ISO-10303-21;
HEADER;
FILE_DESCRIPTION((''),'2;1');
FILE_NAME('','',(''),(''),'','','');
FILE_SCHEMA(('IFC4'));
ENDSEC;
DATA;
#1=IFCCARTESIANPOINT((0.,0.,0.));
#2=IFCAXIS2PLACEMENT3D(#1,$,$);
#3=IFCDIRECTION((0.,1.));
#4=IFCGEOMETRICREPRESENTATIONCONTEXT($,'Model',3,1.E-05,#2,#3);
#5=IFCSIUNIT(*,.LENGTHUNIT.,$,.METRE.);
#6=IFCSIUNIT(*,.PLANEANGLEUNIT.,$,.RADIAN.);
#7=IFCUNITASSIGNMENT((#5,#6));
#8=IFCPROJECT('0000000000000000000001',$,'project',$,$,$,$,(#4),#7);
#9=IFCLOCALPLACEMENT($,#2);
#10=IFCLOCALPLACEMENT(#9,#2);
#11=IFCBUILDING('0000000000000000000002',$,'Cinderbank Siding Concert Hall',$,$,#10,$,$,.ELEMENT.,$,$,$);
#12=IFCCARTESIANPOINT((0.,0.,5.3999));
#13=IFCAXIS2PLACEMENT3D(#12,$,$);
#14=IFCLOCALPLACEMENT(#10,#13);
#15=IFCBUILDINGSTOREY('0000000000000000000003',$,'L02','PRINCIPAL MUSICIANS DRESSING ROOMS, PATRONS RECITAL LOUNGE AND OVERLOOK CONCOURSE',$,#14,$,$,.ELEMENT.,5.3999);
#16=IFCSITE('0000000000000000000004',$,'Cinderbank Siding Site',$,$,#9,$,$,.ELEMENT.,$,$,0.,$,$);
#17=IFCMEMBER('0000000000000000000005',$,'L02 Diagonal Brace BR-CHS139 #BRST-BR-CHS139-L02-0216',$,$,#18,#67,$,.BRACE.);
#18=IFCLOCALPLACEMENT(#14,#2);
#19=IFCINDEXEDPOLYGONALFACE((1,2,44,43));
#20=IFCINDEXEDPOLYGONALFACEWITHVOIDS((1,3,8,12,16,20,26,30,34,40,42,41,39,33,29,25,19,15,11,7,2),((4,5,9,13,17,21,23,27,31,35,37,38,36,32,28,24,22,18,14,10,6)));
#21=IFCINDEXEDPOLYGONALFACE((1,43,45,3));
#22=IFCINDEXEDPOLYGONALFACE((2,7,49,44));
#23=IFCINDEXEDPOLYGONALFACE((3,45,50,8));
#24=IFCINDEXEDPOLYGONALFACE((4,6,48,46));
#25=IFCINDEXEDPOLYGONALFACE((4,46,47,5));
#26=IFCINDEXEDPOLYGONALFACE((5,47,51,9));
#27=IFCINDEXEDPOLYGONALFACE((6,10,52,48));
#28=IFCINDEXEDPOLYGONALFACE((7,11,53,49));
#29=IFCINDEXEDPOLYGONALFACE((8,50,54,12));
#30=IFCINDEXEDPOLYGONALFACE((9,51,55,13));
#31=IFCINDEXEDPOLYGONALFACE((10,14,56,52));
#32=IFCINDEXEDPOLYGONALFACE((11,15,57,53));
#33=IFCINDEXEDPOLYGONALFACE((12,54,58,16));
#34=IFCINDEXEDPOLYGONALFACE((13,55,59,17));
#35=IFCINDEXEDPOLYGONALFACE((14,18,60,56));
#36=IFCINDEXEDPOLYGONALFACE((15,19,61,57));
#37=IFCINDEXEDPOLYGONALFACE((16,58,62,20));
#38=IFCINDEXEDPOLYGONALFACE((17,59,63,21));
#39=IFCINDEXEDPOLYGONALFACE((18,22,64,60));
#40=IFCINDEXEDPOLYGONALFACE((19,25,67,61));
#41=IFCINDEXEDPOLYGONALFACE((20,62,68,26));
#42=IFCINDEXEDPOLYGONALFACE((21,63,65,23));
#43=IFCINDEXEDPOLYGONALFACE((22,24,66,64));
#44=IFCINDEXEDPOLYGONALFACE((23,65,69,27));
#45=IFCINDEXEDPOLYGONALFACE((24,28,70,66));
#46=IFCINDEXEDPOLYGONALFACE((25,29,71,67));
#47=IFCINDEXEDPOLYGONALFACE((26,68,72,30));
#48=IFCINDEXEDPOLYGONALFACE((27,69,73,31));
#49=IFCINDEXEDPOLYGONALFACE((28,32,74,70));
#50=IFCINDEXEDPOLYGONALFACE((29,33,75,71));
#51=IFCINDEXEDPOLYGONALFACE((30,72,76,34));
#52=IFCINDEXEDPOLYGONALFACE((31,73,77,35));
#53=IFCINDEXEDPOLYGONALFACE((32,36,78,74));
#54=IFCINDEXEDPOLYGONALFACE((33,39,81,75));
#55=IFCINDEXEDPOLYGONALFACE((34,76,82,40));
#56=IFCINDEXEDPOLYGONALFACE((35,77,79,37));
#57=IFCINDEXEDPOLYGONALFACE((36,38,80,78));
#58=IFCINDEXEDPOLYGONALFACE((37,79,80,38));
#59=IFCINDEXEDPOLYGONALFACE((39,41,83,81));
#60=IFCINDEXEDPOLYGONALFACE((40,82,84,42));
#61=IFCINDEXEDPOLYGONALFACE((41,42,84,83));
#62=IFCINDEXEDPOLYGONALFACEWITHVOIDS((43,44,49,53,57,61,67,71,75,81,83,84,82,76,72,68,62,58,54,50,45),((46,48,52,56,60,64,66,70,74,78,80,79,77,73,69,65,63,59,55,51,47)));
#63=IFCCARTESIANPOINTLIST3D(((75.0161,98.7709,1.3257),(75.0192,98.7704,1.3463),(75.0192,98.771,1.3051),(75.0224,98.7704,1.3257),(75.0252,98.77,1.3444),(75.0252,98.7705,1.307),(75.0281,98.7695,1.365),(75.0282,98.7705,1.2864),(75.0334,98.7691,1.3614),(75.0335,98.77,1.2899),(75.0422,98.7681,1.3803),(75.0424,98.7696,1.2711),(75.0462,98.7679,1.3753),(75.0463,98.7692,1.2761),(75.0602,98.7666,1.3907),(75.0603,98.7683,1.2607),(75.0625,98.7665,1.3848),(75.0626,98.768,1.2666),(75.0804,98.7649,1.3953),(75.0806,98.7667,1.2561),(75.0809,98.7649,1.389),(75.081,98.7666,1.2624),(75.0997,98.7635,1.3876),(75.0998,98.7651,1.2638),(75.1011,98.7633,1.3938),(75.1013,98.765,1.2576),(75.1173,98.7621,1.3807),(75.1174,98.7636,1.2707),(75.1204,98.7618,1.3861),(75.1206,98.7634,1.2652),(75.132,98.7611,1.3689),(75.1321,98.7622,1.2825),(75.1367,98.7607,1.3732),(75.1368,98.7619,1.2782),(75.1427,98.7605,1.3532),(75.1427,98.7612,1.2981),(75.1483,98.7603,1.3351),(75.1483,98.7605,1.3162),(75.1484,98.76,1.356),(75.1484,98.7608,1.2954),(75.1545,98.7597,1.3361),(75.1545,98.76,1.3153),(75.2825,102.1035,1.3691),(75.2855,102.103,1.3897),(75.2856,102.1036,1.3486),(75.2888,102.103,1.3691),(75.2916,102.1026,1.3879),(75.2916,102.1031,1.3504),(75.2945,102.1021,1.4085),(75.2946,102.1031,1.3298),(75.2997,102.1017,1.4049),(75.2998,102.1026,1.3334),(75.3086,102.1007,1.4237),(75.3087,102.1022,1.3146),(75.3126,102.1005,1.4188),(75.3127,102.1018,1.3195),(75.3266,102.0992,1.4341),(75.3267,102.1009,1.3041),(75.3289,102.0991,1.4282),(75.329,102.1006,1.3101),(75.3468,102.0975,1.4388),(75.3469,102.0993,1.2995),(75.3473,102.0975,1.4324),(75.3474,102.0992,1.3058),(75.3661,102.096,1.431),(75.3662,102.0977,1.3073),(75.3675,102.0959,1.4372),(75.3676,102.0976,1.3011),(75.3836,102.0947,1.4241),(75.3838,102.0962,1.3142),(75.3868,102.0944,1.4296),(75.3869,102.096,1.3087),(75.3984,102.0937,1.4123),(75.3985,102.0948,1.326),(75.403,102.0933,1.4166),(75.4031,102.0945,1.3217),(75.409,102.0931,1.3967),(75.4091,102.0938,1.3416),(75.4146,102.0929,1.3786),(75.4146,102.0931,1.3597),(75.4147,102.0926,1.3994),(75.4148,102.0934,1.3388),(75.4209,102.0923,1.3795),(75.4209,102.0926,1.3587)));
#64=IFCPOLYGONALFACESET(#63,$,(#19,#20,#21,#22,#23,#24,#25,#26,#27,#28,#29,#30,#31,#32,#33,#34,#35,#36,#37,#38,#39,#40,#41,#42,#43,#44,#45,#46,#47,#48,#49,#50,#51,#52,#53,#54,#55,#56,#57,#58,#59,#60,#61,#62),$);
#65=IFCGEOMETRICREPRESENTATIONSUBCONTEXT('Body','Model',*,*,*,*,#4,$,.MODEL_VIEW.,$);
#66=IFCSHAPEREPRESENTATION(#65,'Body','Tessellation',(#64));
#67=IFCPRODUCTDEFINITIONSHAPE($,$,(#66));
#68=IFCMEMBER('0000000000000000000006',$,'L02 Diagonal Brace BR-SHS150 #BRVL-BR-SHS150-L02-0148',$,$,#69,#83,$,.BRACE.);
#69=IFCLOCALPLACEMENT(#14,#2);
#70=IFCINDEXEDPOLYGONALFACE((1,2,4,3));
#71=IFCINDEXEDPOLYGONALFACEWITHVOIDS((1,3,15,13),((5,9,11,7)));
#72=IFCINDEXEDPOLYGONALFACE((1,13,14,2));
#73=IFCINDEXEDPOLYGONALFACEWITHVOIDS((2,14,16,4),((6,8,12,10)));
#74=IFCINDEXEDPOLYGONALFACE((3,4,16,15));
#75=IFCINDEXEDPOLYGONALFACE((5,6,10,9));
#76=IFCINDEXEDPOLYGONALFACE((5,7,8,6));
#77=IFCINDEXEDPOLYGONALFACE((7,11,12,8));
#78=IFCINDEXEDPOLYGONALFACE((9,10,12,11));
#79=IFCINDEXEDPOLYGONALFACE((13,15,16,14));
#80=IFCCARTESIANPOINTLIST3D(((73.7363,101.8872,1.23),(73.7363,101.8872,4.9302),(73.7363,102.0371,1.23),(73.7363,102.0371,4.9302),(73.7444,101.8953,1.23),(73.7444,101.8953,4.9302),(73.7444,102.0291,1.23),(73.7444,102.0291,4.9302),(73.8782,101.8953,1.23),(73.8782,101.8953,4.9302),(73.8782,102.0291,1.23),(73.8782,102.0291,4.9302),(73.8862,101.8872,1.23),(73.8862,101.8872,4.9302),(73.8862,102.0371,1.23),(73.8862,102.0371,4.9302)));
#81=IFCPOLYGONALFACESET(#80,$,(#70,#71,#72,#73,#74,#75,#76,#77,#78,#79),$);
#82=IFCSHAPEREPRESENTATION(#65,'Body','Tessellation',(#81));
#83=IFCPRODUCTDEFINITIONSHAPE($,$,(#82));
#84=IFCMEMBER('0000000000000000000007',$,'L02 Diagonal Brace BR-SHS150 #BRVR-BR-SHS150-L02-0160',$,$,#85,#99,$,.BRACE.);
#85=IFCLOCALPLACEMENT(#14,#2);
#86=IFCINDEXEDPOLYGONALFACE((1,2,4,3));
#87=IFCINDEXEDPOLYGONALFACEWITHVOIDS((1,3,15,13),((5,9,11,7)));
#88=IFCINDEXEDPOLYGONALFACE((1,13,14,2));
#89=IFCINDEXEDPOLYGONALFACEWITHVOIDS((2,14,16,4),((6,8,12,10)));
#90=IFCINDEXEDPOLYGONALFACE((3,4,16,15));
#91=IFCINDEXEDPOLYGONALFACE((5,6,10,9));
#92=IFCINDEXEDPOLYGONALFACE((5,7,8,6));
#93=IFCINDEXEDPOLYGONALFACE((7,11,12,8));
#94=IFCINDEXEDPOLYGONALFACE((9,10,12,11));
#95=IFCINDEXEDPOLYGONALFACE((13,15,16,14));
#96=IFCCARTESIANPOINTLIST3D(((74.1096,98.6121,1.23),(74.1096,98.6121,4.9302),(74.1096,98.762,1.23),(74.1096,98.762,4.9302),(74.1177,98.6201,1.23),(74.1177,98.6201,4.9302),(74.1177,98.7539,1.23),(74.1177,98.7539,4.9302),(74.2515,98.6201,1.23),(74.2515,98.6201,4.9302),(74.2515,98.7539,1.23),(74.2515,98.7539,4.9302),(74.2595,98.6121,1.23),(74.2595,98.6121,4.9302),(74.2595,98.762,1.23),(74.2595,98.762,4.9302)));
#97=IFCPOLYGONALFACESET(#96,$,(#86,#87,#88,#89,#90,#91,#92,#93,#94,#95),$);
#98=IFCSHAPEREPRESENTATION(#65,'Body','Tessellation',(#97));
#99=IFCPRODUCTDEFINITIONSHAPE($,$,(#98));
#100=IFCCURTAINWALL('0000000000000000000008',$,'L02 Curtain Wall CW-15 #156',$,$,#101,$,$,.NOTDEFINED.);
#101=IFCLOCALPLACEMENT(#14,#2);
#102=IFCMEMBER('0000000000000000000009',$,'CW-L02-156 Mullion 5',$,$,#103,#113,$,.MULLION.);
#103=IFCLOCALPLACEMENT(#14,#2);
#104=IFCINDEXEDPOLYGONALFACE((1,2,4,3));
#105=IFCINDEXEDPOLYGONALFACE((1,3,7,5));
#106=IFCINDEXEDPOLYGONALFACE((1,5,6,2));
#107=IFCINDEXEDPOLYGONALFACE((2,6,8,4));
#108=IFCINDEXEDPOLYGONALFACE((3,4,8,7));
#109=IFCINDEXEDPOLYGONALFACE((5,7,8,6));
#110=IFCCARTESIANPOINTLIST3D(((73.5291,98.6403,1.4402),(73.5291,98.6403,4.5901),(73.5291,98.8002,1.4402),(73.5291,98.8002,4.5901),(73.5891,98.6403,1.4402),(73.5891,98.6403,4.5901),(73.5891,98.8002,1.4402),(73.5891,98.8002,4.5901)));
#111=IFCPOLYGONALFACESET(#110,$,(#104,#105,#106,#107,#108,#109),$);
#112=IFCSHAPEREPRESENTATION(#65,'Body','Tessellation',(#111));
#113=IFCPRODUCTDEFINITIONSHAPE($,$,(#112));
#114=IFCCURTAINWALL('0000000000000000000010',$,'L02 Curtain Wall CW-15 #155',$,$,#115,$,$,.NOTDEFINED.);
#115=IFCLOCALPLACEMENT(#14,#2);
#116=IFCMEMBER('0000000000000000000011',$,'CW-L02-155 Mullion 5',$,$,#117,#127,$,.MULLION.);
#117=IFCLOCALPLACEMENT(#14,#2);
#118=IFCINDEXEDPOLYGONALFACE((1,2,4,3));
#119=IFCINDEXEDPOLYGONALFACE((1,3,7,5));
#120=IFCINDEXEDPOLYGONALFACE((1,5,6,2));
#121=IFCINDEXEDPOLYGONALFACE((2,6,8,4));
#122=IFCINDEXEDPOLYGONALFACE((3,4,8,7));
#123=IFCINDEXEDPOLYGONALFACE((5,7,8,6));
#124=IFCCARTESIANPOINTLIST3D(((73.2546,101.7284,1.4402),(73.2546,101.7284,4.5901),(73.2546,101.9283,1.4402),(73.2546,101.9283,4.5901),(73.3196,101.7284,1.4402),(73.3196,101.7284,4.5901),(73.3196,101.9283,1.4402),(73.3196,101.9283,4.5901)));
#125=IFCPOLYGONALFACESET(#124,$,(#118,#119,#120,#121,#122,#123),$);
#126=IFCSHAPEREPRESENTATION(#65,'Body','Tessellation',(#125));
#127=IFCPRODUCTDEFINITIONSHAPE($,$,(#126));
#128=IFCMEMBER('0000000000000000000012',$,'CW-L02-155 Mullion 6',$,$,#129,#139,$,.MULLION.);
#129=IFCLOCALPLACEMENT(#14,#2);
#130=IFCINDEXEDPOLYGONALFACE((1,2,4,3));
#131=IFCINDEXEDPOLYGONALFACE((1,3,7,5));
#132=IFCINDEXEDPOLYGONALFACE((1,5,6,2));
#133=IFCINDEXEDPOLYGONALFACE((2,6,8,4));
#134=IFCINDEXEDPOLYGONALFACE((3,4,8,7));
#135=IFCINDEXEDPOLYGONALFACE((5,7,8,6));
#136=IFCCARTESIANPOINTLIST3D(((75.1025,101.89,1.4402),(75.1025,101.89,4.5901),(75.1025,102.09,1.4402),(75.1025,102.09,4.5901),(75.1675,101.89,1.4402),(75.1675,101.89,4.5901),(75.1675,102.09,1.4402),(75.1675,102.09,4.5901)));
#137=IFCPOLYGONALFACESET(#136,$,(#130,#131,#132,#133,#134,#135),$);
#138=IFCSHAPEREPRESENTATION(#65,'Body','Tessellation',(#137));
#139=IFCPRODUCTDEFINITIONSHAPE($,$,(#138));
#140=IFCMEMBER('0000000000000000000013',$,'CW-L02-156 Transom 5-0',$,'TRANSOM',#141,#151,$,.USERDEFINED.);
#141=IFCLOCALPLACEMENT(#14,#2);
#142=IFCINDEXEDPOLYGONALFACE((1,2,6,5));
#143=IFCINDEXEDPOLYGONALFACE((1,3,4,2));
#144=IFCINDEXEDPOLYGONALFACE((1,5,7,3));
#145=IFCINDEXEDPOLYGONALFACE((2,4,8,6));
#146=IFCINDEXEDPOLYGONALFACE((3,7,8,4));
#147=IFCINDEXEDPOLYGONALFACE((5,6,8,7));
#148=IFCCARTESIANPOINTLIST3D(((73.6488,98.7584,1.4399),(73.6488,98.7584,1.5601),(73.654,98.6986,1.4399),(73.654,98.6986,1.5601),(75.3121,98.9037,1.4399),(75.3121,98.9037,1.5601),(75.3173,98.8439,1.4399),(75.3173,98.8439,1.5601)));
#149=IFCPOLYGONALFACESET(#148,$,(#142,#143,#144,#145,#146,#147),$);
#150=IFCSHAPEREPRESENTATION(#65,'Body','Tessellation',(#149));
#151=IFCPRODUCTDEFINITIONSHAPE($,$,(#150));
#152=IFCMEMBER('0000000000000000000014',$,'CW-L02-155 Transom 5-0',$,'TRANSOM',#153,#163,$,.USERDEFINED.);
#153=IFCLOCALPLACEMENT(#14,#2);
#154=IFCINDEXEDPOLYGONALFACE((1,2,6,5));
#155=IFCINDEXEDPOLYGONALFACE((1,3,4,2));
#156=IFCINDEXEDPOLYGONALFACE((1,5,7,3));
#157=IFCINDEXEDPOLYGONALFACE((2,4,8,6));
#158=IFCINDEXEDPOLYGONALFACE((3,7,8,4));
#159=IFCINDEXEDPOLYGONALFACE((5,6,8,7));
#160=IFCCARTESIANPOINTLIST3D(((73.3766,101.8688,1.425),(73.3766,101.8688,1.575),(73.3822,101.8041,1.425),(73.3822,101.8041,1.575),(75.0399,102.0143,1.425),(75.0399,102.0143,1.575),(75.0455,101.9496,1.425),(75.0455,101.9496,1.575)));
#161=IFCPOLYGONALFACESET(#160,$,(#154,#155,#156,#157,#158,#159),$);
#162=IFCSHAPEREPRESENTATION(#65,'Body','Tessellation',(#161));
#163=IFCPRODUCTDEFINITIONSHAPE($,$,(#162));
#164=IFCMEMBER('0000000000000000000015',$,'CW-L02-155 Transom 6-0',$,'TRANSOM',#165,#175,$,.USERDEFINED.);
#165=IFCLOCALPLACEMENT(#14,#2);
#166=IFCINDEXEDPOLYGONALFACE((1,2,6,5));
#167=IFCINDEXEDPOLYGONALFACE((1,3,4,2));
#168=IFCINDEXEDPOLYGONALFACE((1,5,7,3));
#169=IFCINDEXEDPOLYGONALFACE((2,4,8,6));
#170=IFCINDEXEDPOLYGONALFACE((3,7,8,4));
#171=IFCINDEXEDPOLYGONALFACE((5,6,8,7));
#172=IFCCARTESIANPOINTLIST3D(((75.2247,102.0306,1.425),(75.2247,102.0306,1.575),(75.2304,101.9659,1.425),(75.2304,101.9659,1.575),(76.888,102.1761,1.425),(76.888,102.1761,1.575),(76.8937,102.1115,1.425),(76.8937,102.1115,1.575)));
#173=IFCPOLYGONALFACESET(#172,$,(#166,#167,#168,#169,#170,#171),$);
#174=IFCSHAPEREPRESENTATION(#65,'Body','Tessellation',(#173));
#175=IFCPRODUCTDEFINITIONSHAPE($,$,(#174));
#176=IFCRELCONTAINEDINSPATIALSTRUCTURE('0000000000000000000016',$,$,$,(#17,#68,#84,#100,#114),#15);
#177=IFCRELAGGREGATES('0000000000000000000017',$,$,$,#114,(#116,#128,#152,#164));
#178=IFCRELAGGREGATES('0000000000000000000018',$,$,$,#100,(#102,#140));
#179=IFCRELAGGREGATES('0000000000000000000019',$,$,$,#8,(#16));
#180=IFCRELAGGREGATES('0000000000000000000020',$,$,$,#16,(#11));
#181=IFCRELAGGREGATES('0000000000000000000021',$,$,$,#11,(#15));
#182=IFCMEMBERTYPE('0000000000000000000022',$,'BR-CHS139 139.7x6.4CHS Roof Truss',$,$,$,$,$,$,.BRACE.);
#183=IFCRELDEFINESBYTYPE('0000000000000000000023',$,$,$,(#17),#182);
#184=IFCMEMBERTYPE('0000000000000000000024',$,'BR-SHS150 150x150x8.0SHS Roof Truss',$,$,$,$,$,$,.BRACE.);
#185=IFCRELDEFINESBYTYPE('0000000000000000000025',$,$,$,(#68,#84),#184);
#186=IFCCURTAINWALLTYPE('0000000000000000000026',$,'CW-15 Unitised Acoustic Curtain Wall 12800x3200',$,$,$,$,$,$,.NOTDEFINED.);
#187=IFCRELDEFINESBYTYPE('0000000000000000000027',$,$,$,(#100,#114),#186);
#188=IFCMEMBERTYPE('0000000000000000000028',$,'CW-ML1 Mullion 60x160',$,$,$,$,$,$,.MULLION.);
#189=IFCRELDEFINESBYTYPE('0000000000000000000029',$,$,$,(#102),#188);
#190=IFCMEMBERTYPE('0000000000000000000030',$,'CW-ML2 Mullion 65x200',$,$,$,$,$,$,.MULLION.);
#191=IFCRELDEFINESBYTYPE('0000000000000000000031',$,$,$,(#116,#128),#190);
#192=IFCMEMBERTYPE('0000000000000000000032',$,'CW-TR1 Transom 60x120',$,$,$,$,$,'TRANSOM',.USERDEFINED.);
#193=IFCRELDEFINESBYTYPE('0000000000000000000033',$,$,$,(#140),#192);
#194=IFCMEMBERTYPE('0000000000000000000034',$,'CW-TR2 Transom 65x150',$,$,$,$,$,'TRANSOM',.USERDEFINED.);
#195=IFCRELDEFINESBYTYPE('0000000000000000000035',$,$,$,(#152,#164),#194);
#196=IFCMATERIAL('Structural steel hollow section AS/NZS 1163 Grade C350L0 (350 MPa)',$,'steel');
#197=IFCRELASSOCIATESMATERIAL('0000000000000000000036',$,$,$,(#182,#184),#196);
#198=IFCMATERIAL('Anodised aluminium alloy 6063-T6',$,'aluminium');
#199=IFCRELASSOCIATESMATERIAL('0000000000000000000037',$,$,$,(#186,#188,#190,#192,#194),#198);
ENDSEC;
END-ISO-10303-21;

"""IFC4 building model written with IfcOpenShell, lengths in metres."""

from ifc_helpers import new_model, si_unit, direction, frame, origin, origin_2d, place, context, subcontext, project, spatial, rectangle, hollow_rectangle, hollow_circle, extrude, material, material_profile, profile_set, type_object, element, aggregate, save


model = new_model("IFC4")

# Units and contexts
model_context = context("Model", 3, precision=1e-05, world=origin(), true_north=direction((0.0, 1.0)))
body_context = subcontext(model_context, "Body", "Model", "MODEL_VIEW")
ifc_project = project(units=[si_unit("LENGTHUNIT", "METRE"), si_unit("PLANEANGLEUNIT", "RADIAN")], contexts=[model_context])

# Site, building, storey
site_placement = place(None, origin())
site = spatial("IfcSite", under=ifc_project, at=site_placement, Name="Cinderbank Siding Site", CompositionType="ELEMENT", RefElevation=0.0)
building_placement = place(site_placement, origin())
building = spatial("IfcBuilding", under=site, at=building_placement, Name="Cinderbank Siding Concert Hall", CompositionType="ELEMENT")
storey_placement = place(building_placement, frame((0.0, 0.0, 5.3999)))
storey = spatial("IfcBuildingStorey", under=building, at=storey_placement, Name="L02", Description="PRINCIPAL MUSICIANS DRESSING ROOMS, PATRONS RECITAL LOUNGE AND OVERLOOK CONCOURSE", CompositionType="ELEMENT", Elevation=5.3999)

# Members
ifc_material_1 = material(Name="Structural steel hollow section AS/NZS 1163 Grade C350L0 (350 MPa)", Category="steel")
ifc_material_profile_1 = material_profile(ifc_material_1, hollow_circle(Radius=0.0698, WallThickness=0.0063, at=origin_2d()), Name="139.7x6.4CHS", Category="LoadBearing")
ifc_profile_set_1 = profile_set([ifc_material_profile_1], Name="Structural steel hollow section AS/NZS 1163 Grade C350L0 (350 MPa)")
member_type_1 = type_object("IfcMemberType", Name="BR-CHS139 139.7x6.4CHS Roof Truss", PredefinedType="BRACE", material=ifc_profile_set_1)
member_1_placement = place(storey_placement, frame((75.0857, 98.7654, 1.3257), z_axis=(0.079666, 0.996737, 0.012998), x_axis=(-0.996821, 0.079673, 0.0)))
element("IfcMember", 1, at=member_1_placement, inside=storey, type_object=member_type_1, Name="L02 Diagonal Brace BR-CHS139 #BRST-BR-CHS139-L02-0216", PredefinedType="BRACE", context=body_context, shape_type="SweptSolid", body=[
    extrude(hollow_circle(Radius=0.0698, WallThickness=0.0063, at=origin_2d()), origin(), (0.0, 0.0, 1.0), 3.3435),
])
ifc_material_profile_2 = material_profile(ifc_material_1, hollow_rectangle(XDim=0.1499, YDim=0.1499, WallThickness=0.0081, at=origin_2d()), Name="150x150x8.0SHS", Category="LoadBearing")
ifc_profile_set_2 = profile_set([ifc_material_profile_2], Name="Structural steel hollow section AS/NZS 1163 Grade C350L0 (350 MPa)")
member_type_2 = type_object("IfcMemberType", Name="BR-SHS150 150x150x8.0SHS Roof Truss", PredefinedType="BRACE", material=ifc_profile_set_2)
for number, where, z_axis, x_axis, name in (
    (2, (73.8113, 101.9622, 1.23), (0.0, 0.0, 1.0), (1.0, 0.0, 0.0), "L02 Diagonal Brace BR-SHS150 #BRVL-BR-SHS150-L02-0148"),
    (3, (74.1846, 98.687, 1.23), (0.0, 0.0, 1.0), (1.0, 0.0, 0.0), "L02 Diagonal Brace BR-SHS150 #BRVR-BR-SHS150-L02-0160"),
):
    element("IfcMember", number, at=place(storey_placement, frame(where, z_axis=z_axis, x_axis=x_axis)), inside=storey, type_object=member_type_2, Name=name, PredefinedType="BRACE", context=body_context, shape_type="SweptSolid", body=[
        extrude(hollow_rectangle(XDim=0.1499, YDim=0.1499, WallThickness=0.0081, at=origin_2d()), origin(), (0.0, 0.0, 1.0), 3.7002),
    ])

# Curtain wall, member
ifc_material_2 = material(Name="Anodised aluminium alloy 6063-T6", Category="aluminium")
curtain_wall_type = type_object("IfcCurtainWallType", Name="CW-15 Unitised Acoustic Curtain Wall 12800x3200", PredefinedType="NOTDEFINED", material=ifc_material_2)
curtain_wall_1_placement = place(storey_placement, origin())
curtain_wall_1 = element("IfcCurtainWall", 4, at=curtain_wall_1_placement, inside=storey, type_object=curtain_wall_type, Name="L02 Curtain Wall CW-15 #156", PredefinedType="NOTDEFINED")
ifc_material_profile_3 = material_profile(ifc_material_2, rectangle(XDim=0.0601, YDim=0.1599, at=origin_2d()), Name="ALU-MULL-60x160", Category="LoadBearing")
ifc_profile_set_3 = profile_set([ifc_material_profile_3], Name="Anodised aluminium alloy 6063-T6")
member_type_3 = type_object("IfcMemberType", Name="CW-ML1 Mullion 60x160", PredefinedType="MULLION", material=ifc_profile_set_3)
member_2_placement = place(storey_placement, frame((73.5591, 98.7202, 1.4402), z_axis=(0.0, 0.0, 1.0), x_axis=(1.0, 0.0, 0.0)))
member_2 = element("IfcMember", 5, at=member_2_placement, type_object=member_type_3, Name="CW-L02-156 Mullion 5", PredefinedType="MULLION", context=body_context, shape_type="SweptSolid", body=[
    extrude(rectangle(XDim=0.0601, YDim=0.1599, at=origin_2d()), origin(), (0.0, 0.0, 1.0), 3.1499),
])

# Curtain wall, members
curtain_wall_2_placement = place(storey_placement, origin())
curtain_wall_2 = element("IfcCurtainWall", 6, at=curtain_wall_2_placement, inside=storey, type_object=curtain_wall_type, Name="L02 Curtain Wall CW-15 #155", PredefinedType="NOTDEFINED")
ifc_material_profile_4 = material_profile(ifc_material_2, rectangle(XDim=0.0649, YDim=0.2, at=origin_2d()), Name="ALU-MULL-65x200", Category="LoadBearing")
ifc_profile_set_4 = profile_set([ifc_material_profile_4], Name="Anodised aluminium alloy 6063-T6")
member_type_4 = type_object("IfcMemberType", Name="CW-ML2 Mullion 65x200", PredefinedType="MULLION", material=ifc_profile_set_4)
member_3_placement = place(storey_placement, frame((73.2871, 101.8284, 1.4402), z_axis=(0.0, 0.0, 1.0), x_axis=(1.0, 0.0, 0.0)))
member_3 = element("IfcMember", 7, at=member_3_placement, type_object=member_type_4, Name="CW-L02-155 Mullion 5", PredefinedType="MULLION", context=body_context, shape_type="SweptSolid", body=[
    extrude(rectangle(XDim=0.0649, YDim=0.2, at=origin_2d()), origin(), (0.0, 0.0, 1.0), 3.1499),
])
member_4_placement = place(storey_placement, frame((75.135, 101.99, 1.4402), z_axis=(0.0, 0.0, 1.0), x_axis=(1.0, 0.0, 0.0)))
member_4 = element("IfcMember", 8, at=member_4_placement, type_object=member_type_4, Name="CW-L02-155 Mullion 6", PredefinedType="MULLION", context=body_context, shape_type="SweptSolid", body=[
    extrude(rectangle(XDim=0.0649, YDim=0.2, at=origin_2d()), origin(), (0.0, 0.0, 1.0), 3.1499),
])

# Members
ifc_material_profile_5 = material_profile(ifc_material_2, rectangle(XDim=0.0601, YDim=0.1201, at=origin_2d()), Name="ALU-TRAN-60x120", Category="LoadBearing")
ifc_profile_set_5 = profile_set([ifc_material_profile_5], Name="Anodised aluminium alloy 6063-T6")
member_type_5 = type_object("IfcMemberType", Name="CW-TR1 Transom 60x120", ElementType="TRANSOM", PredefinedType="USERDEFINED", material=ifc_profile_set_5)
member_5_placement = place(storey_placement, frame((73.6514, 98.7285, 1.5), z_axis=(0.996208, 0.087002, 0.0), x_axis=(-0.087002, 0.996208, 0.0)))
member_5 = element("IfcMember", 9, at=member_5_placement, type_object=member_type_5, Name="CW-L02-156 Transom 5-0", ObjectType="TRANSOM", PredefinedType="USERDEFINED", context=body_context, shape_type="SweptSolid", body=[
    extrude(rectangle(XDim=0.0601, YDim=0.1201, at=origin_2d()), origin(), (0.0, 0.0, 1.0), 1.6697),
])
ifc_material_profile_6 = material_profile(ifc_material_2, rectangle(XDim=0.0649, YDim=0.1499, at=origin_2d()), Name="ALU-TRAN-65x150", Category="LoadBearing")
ifc_profile_set_6 = profile_set([ifc_material_profile_6], Name="Anodised aluminium alloy 6063-T6")
member_type_6 = type_object("IfcMemberType", Name="CW-TR2 Transom 65x150", ElementType="TRANSOM", PredefinedType="USERDEFINED", material=ifc_profile_set_6)
member_6_placement = place(storey_placement, frame((73.3794, 101.8364, 1.5), z_axis=(0.996195, 0.087147, 0.0), x_axis=(-0.087147, 0.996195, 0.0)))
member_6 = element("IfcMember", 10, at=member_6_placement, type_object=member_type_6, Name="CW-L02-155 Transom 5-0", ObjectType="TRANSOM", PredefinedType="USERDEFINED", context=body_context, shape_type="SweptSolid", body=[
    extrude(rectangle(XDim=0.0649, YDim=0.1499, at=origin_2d()), origin(), (0.0, 0.0, 1.0), 1.6697),
])
member_7_placement = place(storey_placement, frame((75.2275, 101.9983, 1.5), z_axis=(0.996195, 0.087147, 0.0), x_axis=(-0.087147, 0.996195, 0.0)))
member_7 = element("IfcMember", 11, at=member_7_placement, type_object=member_type_6, Name="CW-L02-155 Transom 6-0", ObjectType="TRANSOM", PredefinedType="USERDEFINED", context=body_context, shape_type="SweptSolid", body=[
    extrude(rectangle(XDim=0.0649, YDim=0.1499, at=origin_2d()), origin(), (0.0, 0.0, 1.0), 1.6697),
])

aggregate(curtain_wall_2, [member_3, member_4, member_6, member_7])
aggregate(curtain_wall_1, [member_2, member_5])

save(model, "model.ifc")
